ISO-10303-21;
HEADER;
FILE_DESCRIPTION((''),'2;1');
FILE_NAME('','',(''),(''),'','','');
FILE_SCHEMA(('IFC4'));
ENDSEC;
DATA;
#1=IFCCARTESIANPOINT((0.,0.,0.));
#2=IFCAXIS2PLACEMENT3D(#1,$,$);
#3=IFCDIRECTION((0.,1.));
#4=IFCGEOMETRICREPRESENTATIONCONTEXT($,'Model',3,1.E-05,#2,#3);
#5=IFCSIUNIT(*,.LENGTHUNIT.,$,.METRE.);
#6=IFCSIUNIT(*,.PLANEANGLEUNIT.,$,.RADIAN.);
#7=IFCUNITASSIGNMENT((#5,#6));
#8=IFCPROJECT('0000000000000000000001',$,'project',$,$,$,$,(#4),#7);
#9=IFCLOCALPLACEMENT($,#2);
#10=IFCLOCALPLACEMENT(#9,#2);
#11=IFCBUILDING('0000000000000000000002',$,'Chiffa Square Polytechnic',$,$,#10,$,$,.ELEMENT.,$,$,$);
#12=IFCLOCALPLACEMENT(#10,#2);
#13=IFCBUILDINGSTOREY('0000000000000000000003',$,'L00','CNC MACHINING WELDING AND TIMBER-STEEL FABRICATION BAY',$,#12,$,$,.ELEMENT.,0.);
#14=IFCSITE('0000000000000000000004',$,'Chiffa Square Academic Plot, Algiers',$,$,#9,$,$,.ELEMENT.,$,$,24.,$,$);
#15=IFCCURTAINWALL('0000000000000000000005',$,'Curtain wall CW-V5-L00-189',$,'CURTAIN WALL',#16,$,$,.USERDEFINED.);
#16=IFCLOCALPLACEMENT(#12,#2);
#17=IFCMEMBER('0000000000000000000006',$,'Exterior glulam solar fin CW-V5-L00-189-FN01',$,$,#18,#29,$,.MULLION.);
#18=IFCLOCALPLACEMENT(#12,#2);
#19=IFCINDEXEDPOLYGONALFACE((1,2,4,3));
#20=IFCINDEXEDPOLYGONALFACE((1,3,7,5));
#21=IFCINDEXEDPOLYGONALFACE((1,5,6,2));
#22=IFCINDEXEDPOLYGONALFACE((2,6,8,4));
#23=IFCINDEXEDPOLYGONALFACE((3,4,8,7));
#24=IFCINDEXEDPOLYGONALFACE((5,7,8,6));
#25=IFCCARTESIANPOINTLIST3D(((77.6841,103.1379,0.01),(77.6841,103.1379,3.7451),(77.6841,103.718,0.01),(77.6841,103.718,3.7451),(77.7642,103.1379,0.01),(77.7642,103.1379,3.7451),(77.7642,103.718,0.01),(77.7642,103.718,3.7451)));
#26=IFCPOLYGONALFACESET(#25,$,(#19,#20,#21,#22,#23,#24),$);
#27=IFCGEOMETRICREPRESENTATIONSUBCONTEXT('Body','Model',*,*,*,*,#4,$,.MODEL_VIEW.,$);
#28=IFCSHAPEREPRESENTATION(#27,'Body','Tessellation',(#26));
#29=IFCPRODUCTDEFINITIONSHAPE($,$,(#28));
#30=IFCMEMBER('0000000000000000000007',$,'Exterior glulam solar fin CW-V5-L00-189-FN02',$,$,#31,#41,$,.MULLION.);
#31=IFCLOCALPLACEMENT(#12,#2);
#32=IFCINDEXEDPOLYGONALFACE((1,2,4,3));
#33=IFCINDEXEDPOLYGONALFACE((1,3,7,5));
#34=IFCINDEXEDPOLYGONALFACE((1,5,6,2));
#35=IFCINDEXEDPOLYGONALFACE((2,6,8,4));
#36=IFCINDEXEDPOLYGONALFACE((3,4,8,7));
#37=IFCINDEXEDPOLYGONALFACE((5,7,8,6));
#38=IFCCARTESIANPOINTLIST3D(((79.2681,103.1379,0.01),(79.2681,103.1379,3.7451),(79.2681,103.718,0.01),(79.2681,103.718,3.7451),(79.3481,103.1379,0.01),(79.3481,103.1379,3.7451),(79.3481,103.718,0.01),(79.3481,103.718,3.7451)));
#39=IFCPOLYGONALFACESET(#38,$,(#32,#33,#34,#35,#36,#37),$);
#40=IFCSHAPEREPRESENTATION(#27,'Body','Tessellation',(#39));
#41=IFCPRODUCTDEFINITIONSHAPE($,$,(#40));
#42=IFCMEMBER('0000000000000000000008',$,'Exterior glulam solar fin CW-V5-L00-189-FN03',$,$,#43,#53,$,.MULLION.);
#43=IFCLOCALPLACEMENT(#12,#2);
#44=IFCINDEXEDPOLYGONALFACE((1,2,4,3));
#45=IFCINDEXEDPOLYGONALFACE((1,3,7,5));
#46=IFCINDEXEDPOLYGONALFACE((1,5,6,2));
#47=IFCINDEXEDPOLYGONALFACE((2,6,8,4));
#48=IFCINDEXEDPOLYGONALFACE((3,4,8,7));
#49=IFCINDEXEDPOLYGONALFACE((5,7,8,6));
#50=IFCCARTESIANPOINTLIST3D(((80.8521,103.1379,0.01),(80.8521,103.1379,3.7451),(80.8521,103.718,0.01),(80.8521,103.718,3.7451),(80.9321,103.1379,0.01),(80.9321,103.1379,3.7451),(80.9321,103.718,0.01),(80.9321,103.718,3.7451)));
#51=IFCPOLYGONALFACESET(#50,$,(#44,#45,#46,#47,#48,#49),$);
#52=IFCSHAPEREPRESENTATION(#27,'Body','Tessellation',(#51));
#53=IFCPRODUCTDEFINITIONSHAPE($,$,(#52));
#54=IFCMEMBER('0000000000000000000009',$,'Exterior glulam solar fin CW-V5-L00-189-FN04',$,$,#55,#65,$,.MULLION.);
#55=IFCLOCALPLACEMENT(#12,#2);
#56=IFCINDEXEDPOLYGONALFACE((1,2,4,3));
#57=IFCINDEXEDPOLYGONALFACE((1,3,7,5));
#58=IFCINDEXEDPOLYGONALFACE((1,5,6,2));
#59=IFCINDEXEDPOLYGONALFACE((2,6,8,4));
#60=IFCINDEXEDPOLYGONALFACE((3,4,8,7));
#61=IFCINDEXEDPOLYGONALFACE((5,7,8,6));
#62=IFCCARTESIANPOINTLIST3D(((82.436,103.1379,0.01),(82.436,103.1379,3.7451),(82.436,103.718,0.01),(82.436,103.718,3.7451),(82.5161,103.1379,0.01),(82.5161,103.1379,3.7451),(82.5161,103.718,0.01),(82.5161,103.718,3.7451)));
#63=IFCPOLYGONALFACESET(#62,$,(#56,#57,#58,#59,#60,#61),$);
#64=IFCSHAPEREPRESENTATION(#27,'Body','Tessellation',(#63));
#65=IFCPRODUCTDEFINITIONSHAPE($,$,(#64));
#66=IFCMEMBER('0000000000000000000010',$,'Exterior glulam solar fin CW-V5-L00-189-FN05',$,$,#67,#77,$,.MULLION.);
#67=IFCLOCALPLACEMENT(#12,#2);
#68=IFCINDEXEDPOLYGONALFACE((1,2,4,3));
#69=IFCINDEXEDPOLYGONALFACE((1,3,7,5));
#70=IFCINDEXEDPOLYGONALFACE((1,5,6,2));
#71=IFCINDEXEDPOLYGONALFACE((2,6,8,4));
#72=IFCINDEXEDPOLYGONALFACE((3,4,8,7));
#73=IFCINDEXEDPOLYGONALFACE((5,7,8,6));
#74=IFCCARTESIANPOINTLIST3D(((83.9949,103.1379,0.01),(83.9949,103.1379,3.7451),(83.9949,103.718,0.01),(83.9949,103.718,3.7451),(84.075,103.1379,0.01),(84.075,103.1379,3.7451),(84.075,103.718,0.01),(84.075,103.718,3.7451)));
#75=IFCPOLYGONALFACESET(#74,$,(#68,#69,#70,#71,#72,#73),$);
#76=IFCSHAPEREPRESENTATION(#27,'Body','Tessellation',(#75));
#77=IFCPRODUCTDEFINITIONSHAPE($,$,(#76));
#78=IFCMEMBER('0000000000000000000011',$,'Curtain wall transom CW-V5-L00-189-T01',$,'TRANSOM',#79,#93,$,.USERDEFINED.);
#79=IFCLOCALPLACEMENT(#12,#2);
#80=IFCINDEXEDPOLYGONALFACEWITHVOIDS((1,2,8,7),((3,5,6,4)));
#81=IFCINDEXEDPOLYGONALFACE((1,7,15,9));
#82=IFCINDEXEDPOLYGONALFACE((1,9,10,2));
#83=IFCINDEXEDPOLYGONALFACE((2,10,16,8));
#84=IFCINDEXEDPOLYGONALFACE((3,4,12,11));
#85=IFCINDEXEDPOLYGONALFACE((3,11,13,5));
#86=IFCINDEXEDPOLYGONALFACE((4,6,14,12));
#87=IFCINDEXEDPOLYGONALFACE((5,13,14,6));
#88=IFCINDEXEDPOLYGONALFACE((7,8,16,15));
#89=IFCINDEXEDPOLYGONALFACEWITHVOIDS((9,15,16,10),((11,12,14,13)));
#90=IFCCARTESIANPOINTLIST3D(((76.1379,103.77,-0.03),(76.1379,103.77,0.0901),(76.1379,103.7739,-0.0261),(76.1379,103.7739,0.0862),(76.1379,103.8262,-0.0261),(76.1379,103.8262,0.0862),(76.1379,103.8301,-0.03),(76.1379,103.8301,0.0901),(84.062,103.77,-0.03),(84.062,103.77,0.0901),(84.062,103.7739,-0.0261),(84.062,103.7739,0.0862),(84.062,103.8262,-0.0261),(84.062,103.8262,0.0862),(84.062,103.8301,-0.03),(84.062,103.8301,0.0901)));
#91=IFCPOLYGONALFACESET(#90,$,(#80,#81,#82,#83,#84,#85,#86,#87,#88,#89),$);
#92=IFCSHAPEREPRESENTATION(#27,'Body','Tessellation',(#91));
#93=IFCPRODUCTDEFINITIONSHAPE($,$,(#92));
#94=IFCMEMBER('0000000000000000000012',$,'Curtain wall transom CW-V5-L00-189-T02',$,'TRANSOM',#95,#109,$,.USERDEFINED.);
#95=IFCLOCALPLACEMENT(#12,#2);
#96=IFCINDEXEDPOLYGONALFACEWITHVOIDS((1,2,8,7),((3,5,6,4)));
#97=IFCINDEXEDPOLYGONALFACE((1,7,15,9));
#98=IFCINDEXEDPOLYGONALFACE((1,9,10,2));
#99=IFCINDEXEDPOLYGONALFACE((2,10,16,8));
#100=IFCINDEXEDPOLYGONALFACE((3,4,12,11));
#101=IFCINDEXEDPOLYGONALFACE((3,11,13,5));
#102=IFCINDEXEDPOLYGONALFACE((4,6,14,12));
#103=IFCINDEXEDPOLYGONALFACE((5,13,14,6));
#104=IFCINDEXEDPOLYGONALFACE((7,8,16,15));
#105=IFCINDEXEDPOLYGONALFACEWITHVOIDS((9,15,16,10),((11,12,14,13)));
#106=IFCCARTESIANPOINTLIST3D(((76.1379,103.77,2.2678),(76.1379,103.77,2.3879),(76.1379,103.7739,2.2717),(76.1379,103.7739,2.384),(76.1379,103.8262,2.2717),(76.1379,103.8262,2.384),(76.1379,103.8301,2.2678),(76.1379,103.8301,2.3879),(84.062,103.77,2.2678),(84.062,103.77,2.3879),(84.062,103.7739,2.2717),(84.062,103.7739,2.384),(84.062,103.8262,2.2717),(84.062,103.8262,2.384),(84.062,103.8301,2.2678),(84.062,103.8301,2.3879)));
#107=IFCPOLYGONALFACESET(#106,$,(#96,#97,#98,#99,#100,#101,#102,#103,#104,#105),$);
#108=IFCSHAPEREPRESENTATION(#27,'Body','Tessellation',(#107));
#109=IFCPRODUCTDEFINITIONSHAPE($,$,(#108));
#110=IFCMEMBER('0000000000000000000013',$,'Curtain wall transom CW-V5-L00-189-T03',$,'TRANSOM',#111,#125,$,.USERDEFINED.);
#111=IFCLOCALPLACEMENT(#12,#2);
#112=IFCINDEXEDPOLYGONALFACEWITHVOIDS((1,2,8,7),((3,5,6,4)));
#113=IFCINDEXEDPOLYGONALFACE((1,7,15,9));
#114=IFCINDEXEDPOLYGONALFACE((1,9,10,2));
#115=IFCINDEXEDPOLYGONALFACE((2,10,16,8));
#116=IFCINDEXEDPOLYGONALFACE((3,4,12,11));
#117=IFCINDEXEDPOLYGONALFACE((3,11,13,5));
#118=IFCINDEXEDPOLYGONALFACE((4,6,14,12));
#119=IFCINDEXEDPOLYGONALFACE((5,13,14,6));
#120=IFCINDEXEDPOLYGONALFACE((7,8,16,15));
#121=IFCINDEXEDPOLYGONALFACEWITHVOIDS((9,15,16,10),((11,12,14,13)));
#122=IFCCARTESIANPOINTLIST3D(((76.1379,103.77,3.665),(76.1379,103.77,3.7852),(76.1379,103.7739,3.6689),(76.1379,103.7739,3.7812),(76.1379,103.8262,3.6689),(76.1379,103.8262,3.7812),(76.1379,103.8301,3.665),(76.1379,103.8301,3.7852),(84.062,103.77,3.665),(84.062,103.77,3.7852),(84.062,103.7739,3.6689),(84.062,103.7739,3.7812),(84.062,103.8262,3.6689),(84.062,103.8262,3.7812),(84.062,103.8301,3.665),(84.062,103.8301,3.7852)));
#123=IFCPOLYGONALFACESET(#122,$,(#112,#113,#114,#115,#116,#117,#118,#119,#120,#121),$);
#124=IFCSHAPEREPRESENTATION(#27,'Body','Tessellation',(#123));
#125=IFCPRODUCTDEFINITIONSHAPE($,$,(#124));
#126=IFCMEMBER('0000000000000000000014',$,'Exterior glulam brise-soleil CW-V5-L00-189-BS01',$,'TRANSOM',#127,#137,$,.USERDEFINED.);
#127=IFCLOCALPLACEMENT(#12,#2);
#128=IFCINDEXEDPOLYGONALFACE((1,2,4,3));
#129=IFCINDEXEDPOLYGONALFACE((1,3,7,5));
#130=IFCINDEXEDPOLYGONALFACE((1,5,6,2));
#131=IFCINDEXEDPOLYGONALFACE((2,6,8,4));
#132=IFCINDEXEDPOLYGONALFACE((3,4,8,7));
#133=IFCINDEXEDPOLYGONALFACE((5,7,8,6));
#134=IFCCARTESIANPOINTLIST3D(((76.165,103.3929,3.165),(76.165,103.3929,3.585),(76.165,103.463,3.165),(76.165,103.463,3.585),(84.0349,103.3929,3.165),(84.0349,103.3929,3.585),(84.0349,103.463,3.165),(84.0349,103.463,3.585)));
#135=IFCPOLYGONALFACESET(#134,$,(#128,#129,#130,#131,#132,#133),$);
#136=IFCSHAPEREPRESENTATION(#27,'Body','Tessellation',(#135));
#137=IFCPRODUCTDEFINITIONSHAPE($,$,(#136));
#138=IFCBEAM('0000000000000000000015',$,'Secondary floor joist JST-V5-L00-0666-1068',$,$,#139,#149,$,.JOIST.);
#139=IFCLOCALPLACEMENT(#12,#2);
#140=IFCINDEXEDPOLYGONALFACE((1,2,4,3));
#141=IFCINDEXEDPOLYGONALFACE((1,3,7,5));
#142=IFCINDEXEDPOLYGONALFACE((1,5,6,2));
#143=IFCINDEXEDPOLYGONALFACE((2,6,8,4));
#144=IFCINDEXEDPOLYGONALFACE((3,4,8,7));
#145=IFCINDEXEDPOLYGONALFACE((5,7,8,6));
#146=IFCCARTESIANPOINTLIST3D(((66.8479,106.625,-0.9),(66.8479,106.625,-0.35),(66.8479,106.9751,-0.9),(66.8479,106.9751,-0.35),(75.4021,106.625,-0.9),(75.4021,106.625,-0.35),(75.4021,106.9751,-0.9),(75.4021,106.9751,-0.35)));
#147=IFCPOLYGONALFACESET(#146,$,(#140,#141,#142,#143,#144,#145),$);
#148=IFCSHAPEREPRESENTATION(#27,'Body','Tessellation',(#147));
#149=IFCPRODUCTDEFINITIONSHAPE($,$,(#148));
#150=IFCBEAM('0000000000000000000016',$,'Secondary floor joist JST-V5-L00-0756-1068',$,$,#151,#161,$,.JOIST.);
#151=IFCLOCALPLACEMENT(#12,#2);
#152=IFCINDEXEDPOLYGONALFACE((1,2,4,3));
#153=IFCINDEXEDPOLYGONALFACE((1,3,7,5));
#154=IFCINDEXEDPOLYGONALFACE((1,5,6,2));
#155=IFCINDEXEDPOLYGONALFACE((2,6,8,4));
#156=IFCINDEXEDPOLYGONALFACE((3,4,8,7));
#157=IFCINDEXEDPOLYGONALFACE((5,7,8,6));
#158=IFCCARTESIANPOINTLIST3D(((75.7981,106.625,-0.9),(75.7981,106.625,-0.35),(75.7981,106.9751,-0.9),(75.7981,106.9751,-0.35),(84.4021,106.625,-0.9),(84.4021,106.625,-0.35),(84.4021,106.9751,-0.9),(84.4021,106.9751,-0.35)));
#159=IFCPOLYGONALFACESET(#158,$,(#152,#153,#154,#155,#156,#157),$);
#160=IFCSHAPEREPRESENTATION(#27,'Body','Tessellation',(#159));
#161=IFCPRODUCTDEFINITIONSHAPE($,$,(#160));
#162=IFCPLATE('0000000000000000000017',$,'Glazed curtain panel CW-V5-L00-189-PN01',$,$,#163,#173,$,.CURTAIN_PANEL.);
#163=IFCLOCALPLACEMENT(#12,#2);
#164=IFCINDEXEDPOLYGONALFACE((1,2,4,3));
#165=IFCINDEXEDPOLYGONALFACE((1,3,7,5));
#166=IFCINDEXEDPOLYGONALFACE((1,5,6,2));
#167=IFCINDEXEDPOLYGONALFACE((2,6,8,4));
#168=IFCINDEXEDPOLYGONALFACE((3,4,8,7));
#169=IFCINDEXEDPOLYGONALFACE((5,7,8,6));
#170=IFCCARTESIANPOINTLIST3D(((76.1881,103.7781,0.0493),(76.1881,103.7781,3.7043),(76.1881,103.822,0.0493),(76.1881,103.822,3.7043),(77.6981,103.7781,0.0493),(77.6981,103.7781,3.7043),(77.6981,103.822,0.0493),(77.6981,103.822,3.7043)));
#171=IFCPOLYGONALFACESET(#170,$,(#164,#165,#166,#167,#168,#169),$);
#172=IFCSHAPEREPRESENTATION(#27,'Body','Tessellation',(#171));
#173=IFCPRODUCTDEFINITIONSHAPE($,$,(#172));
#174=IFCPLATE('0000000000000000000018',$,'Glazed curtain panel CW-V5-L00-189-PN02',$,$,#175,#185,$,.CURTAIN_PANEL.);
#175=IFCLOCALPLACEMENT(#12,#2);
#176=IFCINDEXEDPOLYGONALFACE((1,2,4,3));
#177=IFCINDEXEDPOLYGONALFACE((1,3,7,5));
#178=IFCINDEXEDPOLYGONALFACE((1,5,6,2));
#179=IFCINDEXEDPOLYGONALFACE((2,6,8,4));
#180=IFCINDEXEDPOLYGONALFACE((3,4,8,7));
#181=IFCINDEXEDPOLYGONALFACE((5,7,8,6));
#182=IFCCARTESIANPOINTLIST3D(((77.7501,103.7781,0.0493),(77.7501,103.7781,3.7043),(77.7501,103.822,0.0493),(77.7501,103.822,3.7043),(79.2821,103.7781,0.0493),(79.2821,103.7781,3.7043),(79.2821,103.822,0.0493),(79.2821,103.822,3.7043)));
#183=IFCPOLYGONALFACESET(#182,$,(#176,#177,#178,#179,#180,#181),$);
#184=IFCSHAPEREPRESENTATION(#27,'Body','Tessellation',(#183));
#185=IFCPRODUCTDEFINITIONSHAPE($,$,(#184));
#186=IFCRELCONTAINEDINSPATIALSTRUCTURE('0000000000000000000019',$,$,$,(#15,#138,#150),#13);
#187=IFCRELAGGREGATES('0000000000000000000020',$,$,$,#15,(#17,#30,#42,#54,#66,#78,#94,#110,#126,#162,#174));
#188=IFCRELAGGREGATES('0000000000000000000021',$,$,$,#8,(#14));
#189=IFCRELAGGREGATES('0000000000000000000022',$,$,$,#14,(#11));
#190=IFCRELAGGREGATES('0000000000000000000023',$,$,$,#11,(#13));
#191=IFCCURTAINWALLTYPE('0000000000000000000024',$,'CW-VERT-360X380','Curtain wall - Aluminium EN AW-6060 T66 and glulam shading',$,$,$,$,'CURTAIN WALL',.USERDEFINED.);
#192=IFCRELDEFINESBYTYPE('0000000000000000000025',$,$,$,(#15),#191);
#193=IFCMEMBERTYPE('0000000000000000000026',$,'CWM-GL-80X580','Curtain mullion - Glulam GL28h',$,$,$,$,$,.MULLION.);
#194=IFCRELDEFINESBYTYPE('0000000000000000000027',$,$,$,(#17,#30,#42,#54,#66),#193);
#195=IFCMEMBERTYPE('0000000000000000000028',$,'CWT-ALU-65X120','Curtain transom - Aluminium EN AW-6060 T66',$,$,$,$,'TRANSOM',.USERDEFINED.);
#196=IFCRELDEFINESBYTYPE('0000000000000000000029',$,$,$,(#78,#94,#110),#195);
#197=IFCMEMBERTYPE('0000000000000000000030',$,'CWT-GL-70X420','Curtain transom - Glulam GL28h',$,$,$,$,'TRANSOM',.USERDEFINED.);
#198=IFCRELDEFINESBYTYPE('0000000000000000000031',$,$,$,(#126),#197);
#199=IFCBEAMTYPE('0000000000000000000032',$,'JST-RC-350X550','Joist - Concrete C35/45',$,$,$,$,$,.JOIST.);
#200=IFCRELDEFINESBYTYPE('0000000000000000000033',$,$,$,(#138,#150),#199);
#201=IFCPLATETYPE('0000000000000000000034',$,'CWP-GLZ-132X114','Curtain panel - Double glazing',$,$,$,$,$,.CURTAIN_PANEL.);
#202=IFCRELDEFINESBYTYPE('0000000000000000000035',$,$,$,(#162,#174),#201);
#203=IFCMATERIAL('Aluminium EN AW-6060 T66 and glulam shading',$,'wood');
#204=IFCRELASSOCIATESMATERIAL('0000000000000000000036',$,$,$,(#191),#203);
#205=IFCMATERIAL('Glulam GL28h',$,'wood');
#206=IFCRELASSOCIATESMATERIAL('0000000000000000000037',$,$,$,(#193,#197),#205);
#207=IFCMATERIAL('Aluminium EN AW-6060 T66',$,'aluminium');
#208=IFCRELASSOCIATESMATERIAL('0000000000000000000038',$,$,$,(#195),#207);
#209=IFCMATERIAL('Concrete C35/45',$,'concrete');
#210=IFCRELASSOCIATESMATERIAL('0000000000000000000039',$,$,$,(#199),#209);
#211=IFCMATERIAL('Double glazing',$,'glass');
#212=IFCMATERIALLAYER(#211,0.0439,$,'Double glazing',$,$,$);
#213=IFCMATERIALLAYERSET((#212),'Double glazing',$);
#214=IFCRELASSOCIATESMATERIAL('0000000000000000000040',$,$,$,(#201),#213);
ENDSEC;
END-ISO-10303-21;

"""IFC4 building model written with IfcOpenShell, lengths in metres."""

from ifc_helpers import new_model, si_unit, direction, frame, origin, origin_2d, place, context, subcontext, project, spatial, rectangle, hollow_rectangle, extrude, material, layer, layer_set, material_profile, profile_set, type_object, element, aggregate, save


model = new_model("IFC4")

# Units and contexts
model_context = context("Model", 3, precision=1e-05, world=origin(), true_north=direction((0.0, 1.0)))
body_context = subcontext(model_context, "Body", "Model", "MODEL_VIEW")
ifc_project = project(units=[si_unit("LENGTHUNIT", "METRE"), si_unit("PLANEANGLEUNIT", "RADIAN")], contexts=[model_context])

# Site, building, storey
site_placement = place(None, origin())
site = spatial("IfcSite", under=ifc_project, at=site_placement, Name="Chiffa Square Academic Plot, Algiers", CompositionType="ELEMENT", RefElevation=24.0)
building_placement = place(site_placement, origin())
building = spatial("IfcBuilding", under=site, at=building_placement, Name="Chiffa Square Polytechnic", CompositionType="ELEMENT")
storey_placement = place(building_placement, origin())
storey = spatial("IfcBuildingStorey", under=building, at=storey_placement, Name="L00", Description="CNC MACHINING WELDING AND TIMBER-STEEL FABRICATION BAY", CompositionType="ELEMENT", Elevation=0.0)

# Shared definitions
ifc_material_1 = material(Name="Concrete C35/45", Category="concrete")

# Curtain wall, members
ifc_material_2 = material(Name="Aluminium EN AW-6060 T66 and glulam shading", Category="wood")
curtain_wall_type = type_object("IfcCurtainWallType", Name="CW-VERT-360X380", Description="Curtain wall - Aluminium EN AW-6060 T66 and glulam shading", ElementType="CURTAIN WALL", PredefinedType="USERDEFINED", material=ifc_material_2)
curtain_wall_placement = place(storey_placement, origin())
curtain_wall = element("IfcCurtainWall", 1, at=curtain_wall_placement, inside=storey, type_object=curtain_wall_type, Name="Curtain wall CW-V5-L00-189", ObjectType="CURTAIN WALL", PredefinedType="USERDEFINED")
ifc_material_3 = material(Name="Aluminium EN AW-6060 T66", Category="aluminium")
ifc_material_4 = material(Name="Glulam GL28h", Category="wood")
ifc_material_profile_1 = material_profile(ifc_material_4, rectangle(XDim=0.0801, YDim=0.5801, at=origin_2d()), Name="GL28h 80x580")
ifc_profile_set_1 = profile_set([ifc_material_profile_1], Name="Glulam GL28h")
member_type_1 = type_object("IfcMemberType", Name="CWM-GL-80X580", Description="Curtain mullion - Glulam GL28h", PredefinedType="MULLION", material=ifc_profile_set_1)
member_1_placement = place(storey_placement, frame((77.7241, 103.428, 0.01), z_axis=(0.0, 0.0, 1.0), x_axis=(1.0, 0.0, 0.0)))
member_1 = element("IfcMember", 2, at=member_1_placement, type_object=member_type_1, Name="Exterior glulam solar fin CW-V5-L00-189-FN01", PredefinedType="MULLION", context=body_context, shape_type="SweptSolid", body=[
    extrude(rectangle(XDim=0.0801, YDim=0.5801, at=origin_2d()), origin(), (0.0, 0.0, 1.0), 3.7351),
])
member_2_placement = place(storey_placement, frame((79.3081, 103.428, 0.01), z_axis=(0.0, 0.0, 1.0), x_axis=(1.0, 0.0, 0.0)))
member_2 = element("IfcMember", 3, at=member_2_placement, type_object=member_type_1, Name="Exterior glulam solar fin CW-V5-L00-189-FN02", PredefinedType="MULLION", context=body_context, shape_type="SweptSolid", body=[
    extrude(rectangle(XDim=0.0801, YDim=0.5801, at=origin_2d()), origin(), (0.0, 0.0, 1.0), 3.7351),
])
member_3_placement = place(storey_placement, frame((80.8921, 103.428, 0.01), z_axis=(0.0, 0.0, 1.0), x_axis=(1.0, 0.0, 0.0)))
member_3 = element("IfcMember", 4, at=member_3_placement, type_object=member_type_1, Name="Exterior glulam solar fin CW-V5-L00-189-FN03", PredefinedType="MULLION", context=body_context, shape_type="SweptSolid", body=[
    extrude(rectangle(XDim=0.0801, YDim=0.5801, at=origin_2d()), origin(), (0.0, 0.0, 1.0), 3.7351),
])
member_4_placement = place(storey_placement, frame((82.4761, 103.428, 0.01), z_axis=(0.0, 0.0, 1.0), x_axis=(1.0, 0.0, 0.0)))
member_4 = element("IfcMember", 5, at=member_4_placement, type_object=member_type_1, Name="Exterior glulam solar fin CW-V5-L00-189-FN04", PredefinedType="MULLION", context=body_context, shape_type="SweptSolid", body=[
    extrude(rectangle(XDim=0.0801, YDim=0.5801, at=origin_2d()), origin(), (0.0, 0.0, 1.0), 3.7351),
])
member_5_placement = place(storey_placement, frame((84.0349, 103.428, 0.01), z_axis=(0.0, 0.0, 1.0), x_axis=(1.0, 0.0, 0.0)))
member_5 = element("IfcMember", 6, at=member_5_placement, type_object=member_type_1, Name="Exterior glulam solar fin CW-V5-L00-189-FN05", PredefinedType="MULLION", context=body_context, shape_type="SweptSolid", body=[
    extrude(rectangle(XDim=0.0801, YDim=0.5801, at=origin_2d()), origin(), (0.0, 0.0, 1.0), 3.7351),
])
ifc_material_profile_2 = material_profile(ifc_material_3, hollow_rectangle(XDim=0.0601, YDim=0.1201, WallThickness=0.0039, at=origin_2d()), Name="ALU 60x120x4")
ifc_profile_set_2 = profile_set([ifc_material_profile_2], Name="Aluminium EN AW-6060 T66")
member_type_2 = type_object("IfcMemberType", Name="CWT-ALU-65X120", Description="Curtain transom - Aluminium EN AW-6060 T66", ElementType="TRANSOM", PredefinedType="USERDEFINED", material=ifc_profile_set_2)
member_6_placement = place(storey_placement, frame((76.1379, 103.8, 0.03), z_axis=(1.0, 0.0, 0.0), x_axis=(0.0, 1.0, 0.0)))
member_6 = element("IfcMember", 7, at=member_6_placement, type_object=member_type_2, Name="Curtain wall transom CW-V5-L00-189-T01", ObjectType="TRANSOM", PredefinedType="USERDEFINED", context=body_context, shape_type="SweptSolid", body=[
    extrude(hollow_rectangle(XDim=0.0601, YDim=0.1201, WallThickness=0.0039, at=origin_2d()), origin(), (0.0, 0.0, 1.0), 7.9241),
])
member_7_placement = place(storey_placement, frame((76.1379, 103.8, 2.3279), z_axis=(1.0, 0.0, 0.0), x_axis=(0.0, 1.0, 0.0)))
member_7 = element("IfcMember", 8, at=member_7_placement, type_object=member_type_2, Name="Curtain wall transom CW-V5-L00-189-T02", ObjectType="TRANSOM", PredefinedType="USERDEFINED", context=body_context, shape_type="SweptSolid", body=[
    extrude(hollow_rectangle(XDim=0.0601, YDim=0.1201, WallThickness=0.0039, at=origin_2d()), origin(), (0.0, 0.0, 1.0), 7.9241),
])
member_8_placement = place(storey_placement, frame((76.1379, 103.8, 3.7251), z_axis=(1.0, 0.0, 0.0), x_axis=(0.0, 1.0, 0.0)))
member_8 = element("IfcMember", 9, at=member_8_placement, type_object=member_type_2, Name="Curtain wall transom CW-V5-L00-189-T03", ObjectType="TRANSOM", PredefinedType="USERDEFINED", context=body_context, shape_type="SweptSolid", body=[
    extrude(hollow_rectangle(XDim=0.0601, YDim=0.1201, WallThickness=0.0039, at=origin_2d()), origin(), (0.0, 0.0, 1.0), 7.9241),
])
ifc_material_profile_3 = material_profile(ifc_material_4, rectangle(XDim=0.0701, YDim=0.4199, at=origin_2d()), Name="GL28h 70x420")
ifc_profile_set_3 = profile_set([ifc_material_profile_3], Name="Glulam GL28h")
member_type_3 = type_object("IfcMemberType", Name="CWT-GL-70X420", Description="Curtain transom - Glulam GL28h", ElementType="TRANSOM", PredefinedType="USERDEFINED", material=ifc_profile_set_3)
member_9_placement = place(storey_placement, frame((76.165, 103.428, 3.375), z_axis=(1.0, 0.0, 0.0), x_axis=(0.0, 1.0, 0.0)))
member_9 = element("IfcMember", 10, at=member_9_placement, type_object=member_type_3, Name="Exterior glulam brise-soleil CW-V5-L00-189-BS01", ObjectType="TRANSOM", PredefinedType="USERDEFINED", context=body_context, shape_type="SweptSolid", body=[
    extrude(rectangle(XDim=0.0701, YDim=0.4199, at=origin_2d()), origin(), (0.0, 0.0, 1.0), 7.8699),
])

# Beams
ifc_material_profile_4 = material_profile(ifc_material_1, rectangle(XDim=0.3501, YDim=0.55, at=origin_2d()), Name="RC 350x550")
ifc_profile_set_4 = profile_set([ifc_material_profile_4], Name="Concrete C35/45")
beam_type_1 = type_object("IfcBeamType", Name="JST-RC-350X550", Description="Joist - Concrete C35/45", PredefinedType="JOIST", material=ifc_profile_set_4)
beam_1_placement = place(storey_placement, frame((66.8479, 106.8, -0.625), z_axis=(1.0, 0.0, 0.0), x_axis=(0.0, 1.0, 0.0)))
element("IfcBeam", 11, at=beam_1_placement, inside=storey, type_object=beam_type_1, Name="Secondary floor joist JST-V5-L00-0666-1068", PredefinedType="JOIST", context=body_context, shape_type="SweptSolid", body=[
    extrude(rectangle(XDim=0.3501, YDim=0.55, at=origin_2d()), origin(), (0.0, 0.0, 1.0), 8.5542),
])
beam_2_placement = place(storey_placement, frame((75.7981, 106.8, -0.625), z_axis=(1.0, 0.0, 0.0), x_axis=(0.0, 1.0, 0.0)))
element("IfcBeam", 12, at=beam_2_placement, inside=storey, type_object=beam_type_1, Name="Secondary floor joist JST-V5-L00-0756-1068", PredefinedType="JOIST", context=body_context, shape_type="SweptSolid", body=[
    extrude(rectangle(XDim=0.3501, YDim=0.55, at=origin_2d()), origin(), (0.0, 0.0, 1.0), 8.604),
])

# Plates
ifc_material_5 = material(Name="Double glazing", Category="glass")
ifc_layer_1 = layer(ifc_material_5, 0.0439, Name="Double glazing")
ifc_layer_set_1 = layer_set([ifc_layer_1], Name="Double glazing")
plate_type = type_object("IfcPlateType", Name="CWP-GLZ-132X114", Description="Curtain panel - Double glazing", PredefinedType="CURTAIN_PANEL", material=ifc_layer_set_1)
plate_1_placement = place(storey_placement, frame((76.9431, 103.8, 0.0493), z_axis=(0.0, 0.0, 1.0), x_axis=(1.0, 0.0, 0.0)))
plate_1 = element("IfcPlate", 13, at=plate_1_placement, type_object=plate_type, Name="Glazed curtain panel CW-V5-L00-189-PN01", PredefinedType="CURTAIN_PANEL", context=body_context, shape_type="SweptSolid", body=[
    extrude(rectangle(XDim=1.51, YDim=0.0439, at=origin_2d()), origin(), (0.0, 0.0, 1.0), 3.655),
])
plate_2_placement = place(storey_placement, frame((78.5161, 103.8, 0.0493), z_axis=(0.0, 0.0, 1.0), x_axis=(1.0, 0.0, 0.0)))
plate_2 = element("IfcPlate", 14, at=plate_2_placement, type_object=plate_type, Name="Glazed curtain panel CW-V5-L00-189-PN02", PredefinedType="CURTAIN_PANEL", context=body_context, shape_type="SweptSolid", body=[
    extrude(rectangle(XDim=1.532, YDim=0.0439, at=origin_2d()), origin(), (0.0, 0.0, 1.0), 3.655),
])
aggregate(curtain_wall, [member_1, member_2, member_3, member_4, member_5, member_6, member_7, member_8, member_9, plate_1, plate_2])

save(model, "model.ifc")
